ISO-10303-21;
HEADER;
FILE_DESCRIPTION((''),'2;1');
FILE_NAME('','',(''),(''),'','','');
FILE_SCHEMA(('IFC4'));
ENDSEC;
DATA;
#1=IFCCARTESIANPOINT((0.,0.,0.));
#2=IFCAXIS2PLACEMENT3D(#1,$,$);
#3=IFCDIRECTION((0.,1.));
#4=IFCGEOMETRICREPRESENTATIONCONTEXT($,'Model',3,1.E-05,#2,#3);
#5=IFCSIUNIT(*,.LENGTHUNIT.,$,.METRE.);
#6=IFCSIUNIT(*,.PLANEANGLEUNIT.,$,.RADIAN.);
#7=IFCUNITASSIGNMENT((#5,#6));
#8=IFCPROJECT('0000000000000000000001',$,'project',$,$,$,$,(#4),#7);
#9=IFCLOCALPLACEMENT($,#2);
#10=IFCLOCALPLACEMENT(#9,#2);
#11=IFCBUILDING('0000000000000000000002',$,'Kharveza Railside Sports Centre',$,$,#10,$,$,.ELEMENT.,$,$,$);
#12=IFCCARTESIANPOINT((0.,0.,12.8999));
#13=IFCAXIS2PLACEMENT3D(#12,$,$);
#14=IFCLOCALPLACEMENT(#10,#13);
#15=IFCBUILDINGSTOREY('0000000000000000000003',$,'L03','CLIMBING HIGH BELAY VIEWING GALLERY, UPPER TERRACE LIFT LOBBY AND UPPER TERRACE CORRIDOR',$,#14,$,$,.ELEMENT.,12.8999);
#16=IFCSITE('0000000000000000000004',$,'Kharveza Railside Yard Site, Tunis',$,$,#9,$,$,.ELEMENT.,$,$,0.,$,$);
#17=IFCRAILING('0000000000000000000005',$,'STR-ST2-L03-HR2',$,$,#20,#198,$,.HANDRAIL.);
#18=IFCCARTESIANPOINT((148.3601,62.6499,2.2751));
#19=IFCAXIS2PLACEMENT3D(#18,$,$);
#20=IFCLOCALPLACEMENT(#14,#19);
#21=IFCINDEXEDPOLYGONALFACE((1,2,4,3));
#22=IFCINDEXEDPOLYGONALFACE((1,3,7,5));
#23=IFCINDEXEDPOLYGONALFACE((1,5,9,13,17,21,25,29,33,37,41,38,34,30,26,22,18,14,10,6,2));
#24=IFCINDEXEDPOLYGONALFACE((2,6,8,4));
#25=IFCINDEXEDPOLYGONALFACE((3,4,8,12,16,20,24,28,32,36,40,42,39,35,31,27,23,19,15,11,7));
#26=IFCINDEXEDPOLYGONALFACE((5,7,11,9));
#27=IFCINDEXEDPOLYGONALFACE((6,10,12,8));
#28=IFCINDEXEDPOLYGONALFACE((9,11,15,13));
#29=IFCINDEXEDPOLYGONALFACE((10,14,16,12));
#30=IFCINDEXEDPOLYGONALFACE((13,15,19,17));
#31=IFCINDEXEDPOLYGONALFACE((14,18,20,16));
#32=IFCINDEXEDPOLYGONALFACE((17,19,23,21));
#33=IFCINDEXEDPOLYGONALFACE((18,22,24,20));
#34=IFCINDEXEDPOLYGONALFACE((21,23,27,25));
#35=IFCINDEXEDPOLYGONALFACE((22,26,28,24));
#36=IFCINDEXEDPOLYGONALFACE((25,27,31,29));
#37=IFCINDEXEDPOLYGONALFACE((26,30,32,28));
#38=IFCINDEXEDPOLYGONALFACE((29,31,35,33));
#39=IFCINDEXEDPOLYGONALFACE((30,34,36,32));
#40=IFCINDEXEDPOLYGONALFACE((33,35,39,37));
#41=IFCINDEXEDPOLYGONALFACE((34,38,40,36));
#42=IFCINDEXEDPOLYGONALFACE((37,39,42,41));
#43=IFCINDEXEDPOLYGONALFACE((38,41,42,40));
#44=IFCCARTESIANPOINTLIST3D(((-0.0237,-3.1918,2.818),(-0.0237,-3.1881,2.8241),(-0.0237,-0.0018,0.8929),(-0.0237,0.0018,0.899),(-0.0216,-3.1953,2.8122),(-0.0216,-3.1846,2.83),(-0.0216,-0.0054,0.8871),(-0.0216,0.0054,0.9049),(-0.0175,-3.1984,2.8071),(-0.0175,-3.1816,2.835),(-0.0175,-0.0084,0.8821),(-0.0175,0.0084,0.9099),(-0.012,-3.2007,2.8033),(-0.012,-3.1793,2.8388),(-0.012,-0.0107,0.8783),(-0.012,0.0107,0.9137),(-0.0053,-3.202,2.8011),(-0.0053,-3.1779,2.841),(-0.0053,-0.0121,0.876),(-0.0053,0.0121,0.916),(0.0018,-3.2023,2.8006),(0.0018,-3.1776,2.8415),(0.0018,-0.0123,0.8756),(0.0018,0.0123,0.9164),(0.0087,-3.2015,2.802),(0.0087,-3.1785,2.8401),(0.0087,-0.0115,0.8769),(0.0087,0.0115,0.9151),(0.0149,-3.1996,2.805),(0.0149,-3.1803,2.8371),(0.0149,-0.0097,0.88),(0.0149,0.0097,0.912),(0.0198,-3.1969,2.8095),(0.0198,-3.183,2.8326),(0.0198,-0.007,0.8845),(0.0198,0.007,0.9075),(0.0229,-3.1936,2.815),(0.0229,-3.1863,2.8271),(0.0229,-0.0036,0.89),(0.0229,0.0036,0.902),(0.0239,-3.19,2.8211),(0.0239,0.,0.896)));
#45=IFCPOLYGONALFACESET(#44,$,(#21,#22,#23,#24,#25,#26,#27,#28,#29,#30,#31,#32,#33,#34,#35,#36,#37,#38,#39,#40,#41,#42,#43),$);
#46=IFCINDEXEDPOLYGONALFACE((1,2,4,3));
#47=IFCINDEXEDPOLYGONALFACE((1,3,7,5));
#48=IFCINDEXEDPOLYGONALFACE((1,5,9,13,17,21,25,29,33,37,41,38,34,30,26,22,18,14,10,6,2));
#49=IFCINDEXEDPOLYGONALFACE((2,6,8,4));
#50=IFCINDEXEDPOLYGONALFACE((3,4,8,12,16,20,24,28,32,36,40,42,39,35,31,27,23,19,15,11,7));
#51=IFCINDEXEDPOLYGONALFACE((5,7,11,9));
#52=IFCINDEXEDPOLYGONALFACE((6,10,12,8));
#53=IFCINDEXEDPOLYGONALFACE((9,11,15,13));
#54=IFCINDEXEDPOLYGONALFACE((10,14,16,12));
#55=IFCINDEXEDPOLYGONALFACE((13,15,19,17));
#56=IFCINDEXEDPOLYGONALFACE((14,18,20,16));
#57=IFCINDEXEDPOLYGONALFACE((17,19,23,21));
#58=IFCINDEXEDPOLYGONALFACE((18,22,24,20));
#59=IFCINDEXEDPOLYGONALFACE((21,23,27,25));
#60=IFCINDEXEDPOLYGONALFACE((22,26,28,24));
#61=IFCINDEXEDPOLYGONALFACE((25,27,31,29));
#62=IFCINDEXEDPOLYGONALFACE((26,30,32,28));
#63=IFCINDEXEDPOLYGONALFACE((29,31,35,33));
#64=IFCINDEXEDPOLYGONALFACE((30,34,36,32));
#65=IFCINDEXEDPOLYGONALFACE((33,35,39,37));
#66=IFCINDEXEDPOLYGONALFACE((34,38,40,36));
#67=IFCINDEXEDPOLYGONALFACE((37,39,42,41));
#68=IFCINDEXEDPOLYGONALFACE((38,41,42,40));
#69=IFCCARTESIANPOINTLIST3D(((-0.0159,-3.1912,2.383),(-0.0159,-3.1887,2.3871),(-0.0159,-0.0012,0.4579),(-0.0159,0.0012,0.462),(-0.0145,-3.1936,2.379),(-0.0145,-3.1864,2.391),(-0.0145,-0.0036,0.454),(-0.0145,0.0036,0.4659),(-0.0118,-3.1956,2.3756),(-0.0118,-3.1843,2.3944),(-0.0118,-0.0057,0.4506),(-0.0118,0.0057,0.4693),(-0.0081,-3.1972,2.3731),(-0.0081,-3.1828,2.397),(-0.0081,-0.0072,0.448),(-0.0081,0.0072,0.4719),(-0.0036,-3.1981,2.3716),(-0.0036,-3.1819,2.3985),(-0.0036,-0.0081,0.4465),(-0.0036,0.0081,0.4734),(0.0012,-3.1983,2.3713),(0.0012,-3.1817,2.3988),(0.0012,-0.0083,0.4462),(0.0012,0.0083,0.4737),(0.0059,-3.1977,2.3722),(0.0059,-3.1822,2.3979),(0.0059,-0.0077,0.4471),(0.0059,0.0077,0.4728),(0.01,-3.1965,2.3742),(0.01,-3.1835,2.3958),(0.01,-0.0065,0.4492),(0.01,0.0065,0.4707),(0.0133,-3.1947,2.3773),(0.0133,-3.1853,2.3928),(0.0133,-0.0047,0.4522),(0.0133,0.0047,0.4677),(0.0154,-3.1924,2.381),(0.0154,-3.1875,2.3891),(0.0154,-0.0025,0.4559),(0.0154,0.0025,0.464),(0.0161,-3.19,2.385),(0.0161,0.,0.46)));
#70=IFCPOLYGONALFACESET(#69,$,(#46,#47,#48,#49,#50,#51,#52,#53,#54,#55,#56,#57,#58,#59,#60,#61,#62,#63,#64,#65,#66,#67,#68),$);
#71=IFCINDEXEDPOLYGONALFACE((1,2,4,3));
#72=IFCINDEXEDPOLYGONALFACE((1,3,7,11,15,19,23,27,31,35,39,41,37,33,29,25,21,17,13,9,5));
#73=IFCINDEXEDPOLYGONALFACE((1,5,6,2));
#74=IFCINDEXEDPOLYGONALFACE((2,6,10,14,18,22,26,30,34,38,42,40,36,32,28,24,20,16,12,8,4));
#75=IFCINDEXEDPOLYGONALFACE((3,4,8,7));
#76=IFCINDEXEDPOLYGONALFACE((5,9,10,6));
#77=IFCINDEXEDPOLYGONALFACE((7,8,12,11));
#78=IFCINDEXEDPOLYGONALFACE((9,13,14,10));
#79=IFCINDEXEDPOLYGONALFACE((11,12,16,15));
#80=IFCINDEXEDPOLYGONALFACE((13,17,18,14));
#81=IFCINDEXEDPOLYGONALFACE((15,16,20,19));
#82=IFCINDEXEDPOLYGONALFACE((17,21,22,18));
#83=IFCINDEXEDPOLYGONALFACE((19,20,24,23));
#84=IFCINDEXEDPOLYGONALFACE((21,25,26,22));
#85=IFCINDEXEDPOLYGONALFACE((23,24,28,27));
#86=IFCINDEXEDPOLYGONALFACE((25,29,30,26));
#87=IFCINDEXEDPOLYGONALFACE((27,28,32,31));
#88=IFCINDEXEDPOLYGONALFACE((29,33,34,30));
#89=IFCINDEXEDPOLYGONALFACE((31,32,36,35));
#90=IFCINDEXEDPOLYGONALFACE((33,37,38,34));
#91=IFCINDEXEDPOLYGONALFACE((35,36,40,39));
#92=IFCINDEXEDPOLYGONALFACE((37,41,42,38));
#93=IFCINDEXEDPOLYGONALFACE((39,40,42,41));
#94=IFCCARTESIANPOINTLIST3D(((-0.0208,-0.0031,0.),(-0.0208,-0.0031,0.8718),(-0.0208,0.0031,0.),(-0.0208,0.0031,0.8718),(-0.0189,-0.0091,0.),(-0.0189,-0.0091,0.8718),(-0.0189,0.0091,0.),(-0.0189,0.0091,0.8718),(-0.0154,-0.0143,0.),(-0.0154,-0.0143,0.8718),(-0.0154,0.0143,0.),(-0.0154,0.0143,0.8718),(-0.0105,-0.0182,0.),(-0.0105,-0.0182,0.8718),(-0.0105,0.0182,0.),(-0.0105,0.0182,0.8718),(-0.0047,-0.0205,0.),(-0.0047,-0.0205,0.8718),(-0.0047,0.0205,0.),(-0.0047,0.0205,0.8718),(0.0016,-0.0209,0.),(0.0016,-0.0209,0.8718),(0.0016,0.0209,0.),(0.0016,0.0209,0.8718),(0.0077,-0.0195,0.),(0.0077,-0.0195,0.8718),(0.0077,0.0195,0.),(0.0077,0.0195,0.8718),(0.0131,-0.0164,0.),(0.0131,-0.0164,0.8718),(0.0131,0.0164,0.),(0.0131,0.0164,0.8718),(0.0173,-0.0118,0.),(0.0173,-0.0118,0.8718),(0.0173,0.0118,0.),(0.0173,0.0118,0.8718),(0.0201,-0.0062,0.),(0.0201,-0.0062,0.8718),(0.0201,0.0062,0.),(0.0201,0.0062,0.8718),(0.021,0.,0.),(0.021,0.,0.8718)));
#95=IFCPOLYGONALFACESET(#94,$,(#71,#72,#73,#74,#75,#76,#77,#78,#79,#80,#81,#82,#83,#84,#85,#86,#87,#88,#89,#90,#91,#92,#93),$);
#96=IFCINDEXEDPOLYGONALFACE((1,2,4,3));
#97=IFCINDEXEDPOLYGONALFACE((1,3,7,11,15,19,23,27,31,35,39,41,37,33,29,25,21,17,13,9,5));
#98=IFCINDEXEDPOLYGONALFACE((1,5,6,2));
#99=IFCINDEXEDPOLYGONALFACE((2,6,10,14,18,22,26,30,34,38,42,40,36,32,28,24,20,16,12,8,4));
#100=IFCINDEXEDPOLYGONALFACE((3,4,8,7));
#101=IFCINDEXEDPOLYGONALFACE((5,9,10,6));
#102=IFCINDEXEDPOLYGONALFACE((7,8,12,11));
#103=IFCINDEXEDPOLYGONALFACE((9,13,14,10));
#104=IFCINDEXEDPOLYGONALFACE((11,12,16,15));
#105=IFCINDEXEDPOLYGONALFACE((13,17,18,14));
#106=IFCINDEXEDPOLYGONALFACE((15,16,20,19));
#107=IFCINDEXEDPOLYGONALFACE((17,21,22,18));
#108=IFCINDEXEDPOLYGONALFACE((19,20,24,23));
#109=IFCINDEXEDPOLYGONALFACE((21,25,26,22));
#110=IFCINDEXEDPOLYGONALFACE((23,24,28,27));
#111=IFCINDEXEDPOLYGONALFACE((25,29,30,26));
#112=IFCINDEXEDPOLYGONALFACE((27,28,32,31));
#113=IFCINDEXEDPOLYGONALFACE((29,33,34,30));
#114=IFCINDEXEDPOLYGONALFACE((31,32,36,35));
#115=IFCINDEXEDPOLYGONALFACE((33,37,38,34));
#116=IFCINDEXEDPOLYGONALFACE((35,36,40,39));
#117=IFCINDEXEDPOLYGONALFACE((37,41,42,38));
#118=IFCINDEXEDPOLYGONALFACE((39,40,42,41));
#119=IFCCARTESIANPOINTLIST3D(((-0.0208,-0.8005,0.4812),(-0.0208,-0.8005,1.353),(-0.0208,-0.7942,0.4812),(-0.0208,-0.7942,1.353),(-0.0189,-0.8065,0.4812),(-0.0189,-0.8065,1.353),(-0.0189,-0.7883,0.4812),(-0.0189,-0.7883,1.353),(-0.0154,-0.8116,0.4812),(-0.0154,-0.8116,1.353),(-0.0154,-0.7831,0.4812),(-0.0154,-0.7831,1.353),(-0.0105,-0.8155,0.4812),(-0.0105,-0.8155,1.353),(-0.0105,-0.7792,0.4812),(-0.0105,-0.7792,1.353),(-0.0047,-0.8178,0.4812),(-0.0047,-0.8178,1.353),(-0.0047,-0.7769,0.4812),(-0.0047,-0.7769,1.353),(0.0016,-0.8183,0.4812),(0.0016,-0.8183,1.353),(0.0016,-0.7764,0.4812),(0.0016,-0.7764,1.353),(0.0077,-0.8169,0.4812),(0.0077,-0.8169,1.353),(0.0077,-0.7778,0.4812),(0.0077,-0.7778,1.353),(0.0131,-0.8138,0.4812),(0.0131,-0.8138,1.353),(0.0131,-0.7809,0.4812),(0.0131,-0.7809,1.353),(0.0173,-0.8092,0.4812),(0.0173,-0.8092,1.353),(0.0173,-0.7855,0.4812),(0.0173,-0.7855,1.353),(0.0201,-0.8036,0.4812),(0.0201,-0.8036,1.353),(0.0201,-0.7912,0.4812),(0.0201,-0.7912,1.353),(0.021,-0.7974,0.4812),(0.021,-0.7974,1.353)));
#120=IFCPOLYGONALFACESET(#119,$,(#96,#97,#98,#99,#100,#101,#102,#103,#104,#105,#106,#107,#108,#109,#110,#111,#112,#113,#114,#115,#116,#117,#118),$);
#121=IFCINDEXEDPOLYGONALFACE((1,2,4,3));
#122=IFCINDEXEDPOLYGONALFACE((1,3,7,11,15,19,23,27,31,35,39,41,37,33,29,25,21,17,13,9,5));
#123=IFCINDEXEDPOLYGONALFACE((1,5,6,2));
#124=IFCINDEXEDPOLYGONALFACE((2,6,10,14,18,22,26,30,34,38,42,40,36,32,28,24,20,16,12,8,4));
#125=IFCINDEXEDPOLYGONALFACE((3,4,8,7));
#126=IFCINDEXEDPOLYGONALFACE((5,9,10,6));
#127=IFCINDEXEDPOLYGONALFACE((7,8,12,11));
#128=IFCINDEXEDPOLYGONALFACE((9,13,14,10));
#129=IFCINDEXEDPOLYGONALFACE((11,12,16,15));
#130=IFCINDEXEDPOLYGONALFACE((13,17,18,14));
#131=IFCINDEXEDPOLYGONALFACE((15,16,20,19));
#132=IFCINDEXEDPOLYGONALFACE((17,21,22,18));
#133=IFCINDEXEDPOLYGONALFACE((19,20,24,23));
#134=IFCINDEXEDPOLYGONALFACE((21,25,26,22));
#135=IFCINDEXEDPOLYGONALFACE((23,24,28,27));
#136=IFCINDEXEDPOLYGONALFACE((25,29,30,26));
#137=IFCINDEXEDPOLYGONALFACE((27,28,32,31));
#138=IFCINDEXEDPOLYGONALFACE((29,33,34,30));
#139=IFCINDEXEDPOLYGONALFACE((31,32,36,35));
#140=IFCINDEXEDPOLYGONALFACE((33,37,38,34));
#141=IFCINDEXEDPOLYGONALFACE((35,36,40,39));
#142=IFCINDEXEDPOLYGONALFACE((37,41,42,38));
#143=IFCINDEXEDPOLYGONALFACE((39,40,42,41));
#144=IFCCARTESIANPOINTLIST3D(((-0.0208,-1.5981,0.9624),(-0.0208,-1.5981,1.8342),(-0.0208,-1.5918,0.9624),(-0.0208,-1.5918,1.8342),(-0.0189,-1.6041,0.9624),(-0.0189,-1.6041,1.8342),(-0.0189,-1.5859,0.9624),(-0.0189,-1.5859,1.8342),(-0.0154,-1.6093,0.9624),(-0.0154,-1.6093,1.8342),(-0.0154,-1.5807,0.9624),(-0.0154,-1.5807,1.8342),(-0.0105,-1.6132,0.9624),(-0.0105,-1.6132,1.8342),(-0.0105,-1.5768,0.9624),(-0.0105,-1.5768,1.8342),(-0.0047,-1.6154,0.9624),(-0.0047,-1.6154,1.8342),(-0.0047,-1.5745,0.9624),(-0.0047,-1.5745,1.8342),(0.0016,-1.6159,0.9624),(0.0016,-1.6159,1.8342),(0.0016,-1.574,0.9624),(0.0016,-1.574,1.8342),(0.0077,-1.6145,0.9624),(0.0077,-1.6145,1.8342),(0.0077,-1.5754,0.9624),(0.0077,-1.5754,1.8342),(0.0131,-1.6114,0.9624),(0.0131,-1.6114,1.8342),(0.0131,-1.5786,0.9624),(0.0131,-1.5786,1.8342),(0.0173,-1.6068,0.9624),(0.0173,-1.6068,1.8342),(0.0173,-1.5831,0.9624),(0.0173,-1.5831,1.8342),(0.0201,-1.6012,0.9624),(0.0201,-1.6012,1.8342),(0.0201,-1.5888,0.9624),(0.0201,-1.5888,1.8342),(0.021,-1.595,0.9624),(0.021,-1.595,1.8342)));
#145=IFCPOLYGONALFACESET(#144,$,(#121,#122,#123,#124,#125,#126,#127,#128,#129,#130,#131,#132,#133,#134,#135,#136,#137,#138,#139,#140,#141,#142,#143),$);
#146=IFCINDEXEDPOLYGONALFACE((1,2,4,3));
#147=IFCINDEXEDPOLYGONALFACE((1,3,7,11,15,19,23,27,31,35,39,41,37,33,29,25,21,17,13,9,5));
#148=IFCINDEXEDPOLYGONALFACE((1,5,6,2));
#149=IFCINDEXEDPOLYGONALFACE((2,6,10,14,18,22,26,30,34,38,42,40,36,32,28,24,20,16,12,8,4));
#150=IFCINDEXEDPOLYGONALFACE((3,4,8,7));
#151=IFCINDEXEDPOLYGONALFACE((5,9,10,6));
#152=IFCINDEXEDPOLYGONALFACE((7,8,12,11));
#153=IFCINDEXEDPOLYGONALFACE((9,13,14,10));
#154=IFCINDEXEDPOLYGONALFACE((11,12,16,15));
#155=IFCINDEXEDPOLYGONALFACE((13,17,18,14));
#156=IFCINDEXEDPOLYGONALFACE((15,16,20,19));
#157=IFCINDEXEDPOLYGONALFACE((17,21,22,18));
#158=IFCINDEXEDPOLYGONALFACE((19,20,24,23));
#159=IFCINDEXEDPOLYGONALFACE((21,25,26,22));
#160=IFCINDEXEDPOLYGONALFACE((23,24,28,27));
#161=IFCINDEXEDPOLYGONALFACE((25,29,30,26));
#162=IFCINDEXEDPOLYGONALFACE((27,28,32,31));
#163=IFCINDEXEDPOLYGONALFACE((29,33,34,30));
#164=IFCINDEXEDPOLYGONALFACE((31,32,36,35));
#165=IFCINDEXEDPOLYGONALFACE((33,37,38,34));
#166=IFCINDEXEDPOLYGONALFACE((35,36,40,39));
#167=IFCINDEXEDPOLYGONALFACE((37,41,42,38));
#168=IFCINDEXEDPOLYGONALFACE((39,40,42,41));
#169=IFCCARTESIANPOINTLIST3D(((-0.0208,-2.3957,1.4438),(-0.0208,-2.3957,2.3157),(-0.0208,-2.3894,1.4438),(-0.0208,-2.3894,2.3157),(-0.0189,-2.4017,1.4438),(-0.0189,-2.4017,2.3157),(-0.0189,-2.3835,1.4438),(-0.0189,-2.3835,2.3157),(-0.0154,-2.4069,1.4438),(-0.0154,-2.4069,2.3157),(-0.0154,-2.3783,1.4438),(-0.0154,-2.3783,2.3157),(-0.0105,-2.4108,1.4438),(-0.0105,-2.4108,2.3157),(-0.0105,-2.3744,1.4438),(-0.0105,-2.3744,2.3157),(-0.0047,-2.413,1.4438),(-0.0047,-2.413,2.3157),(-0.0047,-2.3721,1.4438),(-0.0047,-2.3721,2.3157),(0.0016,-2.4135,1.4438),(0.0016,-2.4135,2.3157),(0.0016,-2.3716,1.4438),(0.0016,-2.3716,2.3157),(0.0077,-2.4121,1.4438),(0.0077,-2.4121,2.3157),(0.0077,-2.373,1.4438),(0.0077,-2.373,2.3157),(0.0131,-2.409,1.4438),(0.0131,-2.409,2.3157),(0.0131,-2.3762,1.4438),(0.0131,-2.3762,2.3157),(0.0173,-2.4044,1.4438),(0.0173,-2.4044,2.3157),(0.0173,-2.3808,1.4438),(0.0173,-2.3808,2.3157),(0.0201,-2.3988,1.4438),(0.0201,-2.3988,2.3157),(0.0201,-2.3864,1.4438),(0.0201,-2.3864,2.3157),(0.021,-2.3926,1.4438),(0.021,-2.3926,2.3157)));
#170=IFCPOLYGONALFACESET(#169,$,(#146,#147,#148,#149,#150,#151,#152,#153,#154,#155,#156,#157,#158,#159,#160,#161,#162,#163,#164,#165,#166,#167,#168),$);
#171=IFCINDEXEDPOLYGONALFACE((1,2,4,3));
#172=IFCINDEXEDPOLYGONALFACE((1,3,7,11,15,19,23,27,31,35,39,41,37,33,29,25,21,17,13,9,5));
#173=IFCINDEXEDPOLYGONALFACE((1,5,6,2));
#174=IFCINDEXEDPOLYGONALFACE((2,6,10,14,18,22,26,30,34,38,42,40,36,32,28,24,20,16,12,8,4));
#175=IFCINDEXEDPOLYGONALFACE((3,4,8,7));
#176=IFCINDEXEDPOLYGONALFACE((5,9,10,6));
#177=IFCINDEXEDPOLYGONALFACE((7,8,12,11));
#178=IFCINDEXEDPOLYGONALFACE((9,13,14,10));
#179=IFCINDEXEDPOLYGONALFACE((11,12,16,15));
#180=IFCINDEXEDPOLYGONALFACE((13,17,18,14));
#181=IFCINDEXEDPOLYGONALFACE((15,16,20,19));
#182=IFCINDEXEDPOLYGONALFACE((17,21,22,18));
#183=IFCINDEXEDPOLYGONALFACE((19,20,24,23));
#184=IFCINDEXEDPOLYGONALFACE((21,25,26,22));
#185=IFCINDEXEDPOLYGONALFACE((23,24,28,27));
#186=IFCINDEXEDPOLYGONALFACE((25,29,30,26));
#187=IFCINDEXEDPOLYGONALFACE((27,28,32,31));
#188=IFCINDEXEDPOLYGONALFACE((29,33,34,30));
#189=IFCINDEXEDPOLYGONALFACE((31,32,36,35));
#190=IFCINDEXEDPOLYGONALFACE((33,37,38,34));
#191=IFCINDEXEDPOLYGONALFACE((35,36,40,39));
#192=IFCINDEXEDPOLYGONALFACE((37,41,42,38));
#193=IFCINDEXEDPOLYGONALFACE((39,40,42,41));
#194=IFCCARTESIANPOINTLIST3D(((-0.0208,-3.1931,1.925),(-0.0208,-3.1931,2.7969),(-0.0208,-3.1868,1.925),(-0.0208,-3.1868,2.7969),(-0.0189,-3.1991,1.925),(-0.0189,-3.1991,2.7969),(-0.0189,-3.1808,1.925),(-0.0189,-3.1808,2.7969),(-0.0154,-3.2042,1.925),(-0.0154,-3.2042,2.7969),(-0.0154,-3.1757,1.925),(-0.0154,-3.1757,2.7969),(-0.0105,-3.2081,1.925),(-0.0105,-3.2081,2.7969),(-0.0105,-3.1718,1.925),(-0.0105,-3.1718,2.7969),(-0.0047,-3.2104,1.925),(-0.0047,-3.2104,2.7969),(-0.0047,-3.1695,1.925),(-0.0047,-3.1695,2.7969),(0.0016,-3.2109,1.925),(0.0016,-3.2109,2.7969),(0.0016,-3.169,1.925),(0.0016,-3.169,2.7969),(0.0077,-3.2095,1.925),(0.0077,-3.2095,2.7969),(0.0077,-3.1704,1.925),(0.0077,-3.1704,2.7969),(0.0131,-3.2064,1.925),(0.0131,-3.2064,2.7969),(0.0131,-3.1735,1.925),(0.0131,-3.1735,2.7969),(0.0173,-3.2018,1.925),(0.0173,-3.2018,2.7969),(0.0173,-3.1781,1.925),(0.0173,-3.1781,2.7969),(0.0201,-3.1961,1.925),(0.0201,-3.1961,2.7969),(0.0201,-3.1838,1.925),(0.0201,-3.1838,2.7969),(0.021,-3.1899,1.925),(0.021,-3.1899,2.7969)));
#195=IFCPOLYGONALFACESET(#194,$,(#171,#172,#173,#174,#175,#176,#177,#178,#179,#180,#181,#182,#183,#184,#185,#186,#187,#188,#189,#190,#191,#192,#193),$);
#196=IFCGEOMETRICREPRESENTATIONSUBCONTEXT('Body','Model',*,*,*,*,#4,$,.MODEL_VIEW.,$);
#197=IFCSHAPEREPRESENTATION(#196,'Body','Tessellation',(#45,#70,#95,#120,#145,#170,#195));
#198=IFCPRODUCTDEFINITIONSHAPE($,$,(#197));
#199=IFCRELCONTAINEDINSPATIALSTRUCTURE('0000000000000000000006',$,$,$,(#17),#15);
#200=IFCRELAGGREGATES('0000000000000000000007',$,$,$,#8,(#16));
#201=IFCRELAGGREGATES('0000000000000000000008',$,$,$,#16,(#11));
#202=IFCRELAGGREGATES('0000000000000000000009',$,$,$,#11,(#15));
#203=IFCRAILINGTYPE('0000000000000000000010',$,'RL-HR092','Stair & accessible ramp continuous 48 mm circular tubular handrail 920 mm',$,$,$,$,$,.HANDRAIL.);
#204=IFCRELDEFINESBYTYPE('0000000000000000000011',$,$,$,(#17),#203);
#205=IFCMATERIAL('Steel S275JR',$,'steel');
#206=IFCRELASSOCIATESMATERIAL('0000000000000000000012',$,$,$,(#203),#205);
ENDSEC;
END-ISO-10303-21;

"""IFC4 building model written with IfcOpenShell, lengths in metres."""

from ifc_helpers import new_model, si_unit, direction, frame, origin, origin_2d, place, context, subcontext, project, spatial, circle, extrude, material, type_object, element, save


model = new_model("IFC4")

# Units and contexts
model_context = context("Model", 3, precision=1e-05, world=origin(), true_north=direction((0.0, 1.0)))
body_context = subcontext(model_context, "Body", "Model", "MODEL_VIEW")
ifc_project = project(units=[si_unit("LENGTHUNIT", "METRE"), si_unit("PLANEANGLEUNIT", "RADIAN")], contexts=[model_context])

# Site, building, storey
site_placement = place(None, origin())
site = spatial("IfcSite", under=ifc_project, at=site_placement, Name="Kharveza Railside Yard Site, Tunis", CompositionType="ELEMENT", RefElevation=0.0)
building_placement = place(site_placement, origin())
building = spatial("IfcBuilding", under=site, at=building_placement, Name="Kharveza Railside Sports Centre", CompositionType="ELEMENT")
storey_placement = place(building_placement, frame((0.0, 0.0, 12.8999)))
storey = spatial("IfcBuildingStorey", under=building, at=storey_placement, Name="L03", Description="CLIMBING HIGH BELAY VIEWING GALLERY, UPPER TERRACE LIFT LOBBY AND UPPER TERRACE CORRIDOR", CompositionType="ELEMENT", Elevation=12.8999)

# Railing
ifc_material_1 = material(Name="Steel S275JR", Category="steel")
railing_type_1 = type_object("IfcRailingType", Name="RL-HR092", Description="Stair & accessible ramp continuous 48 mm circular tubular handrail 920 mm", PredefinedType="HANDRAIL", material=ifc_material_1)
railing_1_placement = place(storey_placement, frame((148.3601, 62.6499, 2.2751)))
element("IfcRailing", 1, at=railing_1_placement, inside=storey, type_object=railing_type_1, Name="STR-ST2-L03-HR2", PredefinedType="HANDRAIL", context=body_context, shape_type="SweptSolid", body=[
    extrude(circle(Radius=0.0239, at=origin_2d()), frame((0.0, 0.0, 0.896), z_axis=(0.0, -0.856178, 0.516682), x_axis=(1.0, 0.0, 0.0)), (0.0, 0.0, 1.0), 3.7258),
    extrude(circle(Radius=0.0161, at=origin_2d()), frame((0.0, 0.0, 0.46), z_axis=(0.0, -0.856178, 0.516682), x_axis=(1.0, 0.0, 0.0)), (0.0, 0.0, 1.0), 3.7258),
    extrude(circle(Radius=0.021, at=origin_2d()), origin(), (0.0, 0.0, 1.0), 0.8718),
    extrude(circle(Radius=0.021, at=origin_2d()), frame((0.0, -0.7974, 0.4812)), (0.0, 0.0, 1.0), 0.8718),
    extrude(circle(Radius=0.021, at=origin_2d()), frame((0.0, -1.595, 0.9624)), (0.0, 0.0, 1.0), 0.8718),
    extrude(circle(Radius=0.021, at=origin_2d()), frame((0.0, -2.3926, 1.4438)), (0.0, 0.0, 1.0), 0.8718),
    extrude(circle(Radius=0.021, at=origin_2d()), frame((0.0, -3.1899, 1.925)), (0.0, 0.0, 1.0), 0.8718),
])

save(model, "model.ifc")
